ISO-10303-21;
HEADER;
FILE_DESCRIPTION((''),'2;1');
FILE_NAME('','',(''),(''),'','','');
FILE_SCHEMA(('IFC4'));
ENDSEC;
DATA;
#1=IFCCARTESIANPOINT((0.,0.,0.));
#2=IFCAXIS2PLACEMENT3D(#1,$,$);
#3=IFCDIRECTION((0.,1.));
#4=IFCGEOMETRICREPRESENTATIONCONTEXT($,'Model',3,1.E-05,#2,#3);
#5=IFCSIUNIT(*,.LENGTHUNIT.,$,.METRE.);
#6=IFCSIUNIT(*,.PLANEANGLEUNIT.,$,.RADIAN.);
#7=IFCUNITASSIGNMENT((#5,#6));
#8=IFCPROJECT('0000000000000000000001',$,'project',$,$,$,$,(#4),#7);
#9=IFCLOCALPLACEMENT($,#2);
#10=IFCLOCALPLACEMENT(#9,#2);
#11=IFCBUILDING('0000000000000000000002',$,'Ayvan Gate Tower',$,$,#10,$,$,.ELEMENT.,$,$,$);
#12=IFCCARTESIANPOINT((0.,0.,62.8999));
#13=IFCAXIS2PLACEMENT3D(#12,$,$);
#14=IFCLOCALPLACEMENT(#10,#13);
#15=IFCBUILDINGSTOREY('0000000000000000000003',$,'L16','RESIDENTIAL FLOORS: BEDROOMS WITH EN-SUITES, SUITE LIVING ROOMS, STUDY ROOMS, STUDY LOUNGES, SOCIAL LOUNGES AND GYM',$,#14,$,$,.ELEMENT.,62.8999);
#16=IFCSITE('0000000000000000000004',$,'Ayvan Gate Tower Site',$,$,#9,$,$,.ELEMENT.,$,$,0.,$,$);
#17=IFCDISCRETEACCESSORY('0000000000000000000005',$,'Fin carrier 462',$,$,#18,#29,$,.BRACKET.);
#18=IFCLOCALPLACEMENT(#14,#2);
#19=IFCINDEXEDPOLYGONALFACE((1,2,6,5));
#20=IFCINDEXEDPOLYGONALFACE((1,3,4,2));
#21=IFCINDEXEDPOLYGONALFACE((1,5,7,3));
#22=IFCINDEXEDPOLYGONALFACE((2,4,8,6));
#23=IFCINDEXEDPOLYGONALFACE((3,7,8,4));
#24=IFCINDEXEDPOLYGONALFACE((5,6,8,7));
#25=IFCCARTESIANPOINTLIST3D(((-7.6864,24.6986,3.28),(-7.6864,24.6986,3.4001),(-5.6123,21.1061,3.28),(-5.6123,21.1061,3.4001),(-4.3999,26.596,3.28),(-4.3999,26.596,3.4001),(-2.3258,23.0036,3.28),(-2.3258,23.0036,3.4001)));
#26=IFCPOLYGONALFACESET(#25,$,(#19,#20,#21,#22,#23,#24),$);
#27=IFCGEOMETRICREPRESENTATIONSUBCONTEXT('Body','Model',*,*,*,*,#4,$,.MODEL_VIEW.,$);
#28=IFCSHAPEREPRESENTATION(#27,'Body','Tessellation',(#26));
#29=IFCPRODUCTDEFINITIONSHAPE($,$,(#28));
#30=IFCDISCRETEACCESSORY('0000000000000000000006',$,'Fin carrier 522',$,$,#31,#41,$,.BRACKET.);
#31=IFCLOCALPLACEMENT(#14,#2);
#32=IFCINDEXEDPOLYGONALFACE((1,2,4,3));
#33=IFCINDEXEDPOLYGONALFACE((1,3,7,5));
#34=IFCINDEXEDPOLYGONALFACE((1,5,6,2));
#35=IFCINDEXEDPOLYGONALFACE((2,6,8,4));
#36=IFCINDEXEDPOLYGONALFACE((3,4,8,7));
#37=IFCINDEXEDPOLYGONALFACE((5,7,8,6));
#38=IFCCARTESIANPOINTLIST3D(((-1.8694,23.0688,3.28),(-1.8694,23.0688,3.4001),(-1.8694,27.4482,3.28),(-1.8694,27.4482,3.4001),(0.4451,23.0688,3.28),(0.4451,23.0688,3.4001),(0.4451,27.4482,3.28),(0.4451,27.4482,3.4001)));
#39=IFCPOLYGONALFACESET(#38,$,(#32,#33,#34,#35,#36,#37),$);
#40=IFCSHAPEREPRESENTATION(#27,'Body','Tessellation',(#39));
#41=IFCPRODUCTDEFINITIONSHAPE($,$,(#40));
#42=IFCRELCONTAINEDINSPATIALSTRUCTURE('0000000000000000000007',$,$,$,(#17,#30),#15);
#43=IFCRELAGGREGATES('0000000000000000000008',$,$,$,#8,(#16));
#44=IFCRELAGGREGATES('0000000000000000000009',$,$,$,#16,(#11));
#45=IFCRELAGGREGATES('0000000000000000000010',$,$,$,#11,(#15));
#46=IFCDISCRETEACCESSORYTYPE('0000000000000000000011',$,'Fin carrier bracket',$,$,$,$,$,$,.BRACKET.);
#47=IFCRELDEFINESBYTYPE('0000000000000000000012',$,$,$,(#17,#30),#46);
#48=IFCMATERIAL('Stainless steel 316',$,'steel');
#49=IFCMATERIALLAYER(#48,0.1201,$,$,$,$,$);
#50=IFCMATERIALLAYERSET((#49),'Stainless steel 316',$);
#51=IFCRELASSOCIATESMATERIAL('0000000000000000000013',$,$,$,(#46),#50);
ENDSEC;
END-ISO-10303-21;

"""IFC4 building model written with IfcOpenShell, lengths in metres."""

from ifc_helpers import new_model, si_unit, direction, frame, origin, origin_2d, place, context, subcontext, project, spatial, rectangle, extrude, material, layer, layer_set, type_object, element, save


model = new_model("IFC4")

# Units and contexts
model_context = context("Model", 3, precision=1e-05, world=origin(), true_north=direction((0.0, 1.0)))
body_context = subcontext(model_context, "Body", "Model", "MODEL_VIEW")
ifc_project = project(units=[si_unit("LENGTHUNIT", "METRE"), si_unit("PLANEANGLEUNIT", "RADIAN")], contexts=[model_context])

# Site, building, storey
site_placement = place(None, origin())
site = spatial("IfcSite", under=ifc_project, at=site_placement, Name="Ayvan Gate Tower Site", CompositionType="ELEMENT", RefElevation=0.0)
building_placement = place(site_placement, origin())
building = spatial("IfcBuilding", under=site, at=building_placement, Name="Ayvan Gate Tower", CompositionType="ELEMENT")
storey_placement = place(building_placement, frame((0.0, 0.0, 62.8999)))
storey = spatial("IfcBuildingStorey", under=building, at=storey_placement, Name="L16", Description="RESIDENTIAL FLOORS: BEDROOMS WITH EN-SUITES, SUITE LIVING ROOMS, STUDY ROOMS, STUDY LOUNGES, SOCIAL LOUNGES AND GYM", CompositionType="ELEMENT", Elevation=62.8999)

# Discrete accessories
ifc_material_1 = material(Name="Stainless steel 316", Category="steel")
ifc_layer_1 = layer(ifc_material_1, 0.1201)
ifc_layer_set_1 = layer_set([ifc_layer_1], Name="Stainless steel 316")
discrete_accessory_type = type_object("IfcDiscreteAccessoryType", Name="Fin carrier bracket", PredefinedType="BRACKET", material=ifc_layer_set_1)
discrete_accessory_1_placement = place(storey_placement, frame((-5.0061, 23.8511, 3.28), z_axis=(0.0, 0.0, 1.0), x_axis=(-0.866025, -0.5, 0.0)))
element("IfcDiscreteAccessory", 1, at=discrete_accessory_1_placement, inside=storey, type_object=discrete_accessory_type, Name="Fin carrier 462", PredefinedType="BRACKET", context=body_context, shape_type="SweptSolid", body=[
    extrude(rectangle(XDim=3.7949, YDim=4.1482, at=origin_2d()), origin(), (0.0, 0.0, 1.0), 0.1201),
])
discrete_accessory_2_placement = place(storey_placement, frame((-0.7122, 25.2585, 3.28), z_axis=(0.0, 0.0, 1.0), x_axis=(-1.0, 0.0, 0.0)))
element("IfcDiscreteAccessory", 2, at=discrete_accessory_2_placement, inside=storey, type_object=discrete_accessory_type, Name="Fin carrier 522", PredefinedType="BRACKET", context=body_context, shape_type="SweptSolid", body=[
    extrude(rectangle(XDim=2.3145, YDim=4.3794, at=origin_2d()), origin(), (0.0, 0.0, 1.0), 0.1201),
])

save(model, "model.ifc")
